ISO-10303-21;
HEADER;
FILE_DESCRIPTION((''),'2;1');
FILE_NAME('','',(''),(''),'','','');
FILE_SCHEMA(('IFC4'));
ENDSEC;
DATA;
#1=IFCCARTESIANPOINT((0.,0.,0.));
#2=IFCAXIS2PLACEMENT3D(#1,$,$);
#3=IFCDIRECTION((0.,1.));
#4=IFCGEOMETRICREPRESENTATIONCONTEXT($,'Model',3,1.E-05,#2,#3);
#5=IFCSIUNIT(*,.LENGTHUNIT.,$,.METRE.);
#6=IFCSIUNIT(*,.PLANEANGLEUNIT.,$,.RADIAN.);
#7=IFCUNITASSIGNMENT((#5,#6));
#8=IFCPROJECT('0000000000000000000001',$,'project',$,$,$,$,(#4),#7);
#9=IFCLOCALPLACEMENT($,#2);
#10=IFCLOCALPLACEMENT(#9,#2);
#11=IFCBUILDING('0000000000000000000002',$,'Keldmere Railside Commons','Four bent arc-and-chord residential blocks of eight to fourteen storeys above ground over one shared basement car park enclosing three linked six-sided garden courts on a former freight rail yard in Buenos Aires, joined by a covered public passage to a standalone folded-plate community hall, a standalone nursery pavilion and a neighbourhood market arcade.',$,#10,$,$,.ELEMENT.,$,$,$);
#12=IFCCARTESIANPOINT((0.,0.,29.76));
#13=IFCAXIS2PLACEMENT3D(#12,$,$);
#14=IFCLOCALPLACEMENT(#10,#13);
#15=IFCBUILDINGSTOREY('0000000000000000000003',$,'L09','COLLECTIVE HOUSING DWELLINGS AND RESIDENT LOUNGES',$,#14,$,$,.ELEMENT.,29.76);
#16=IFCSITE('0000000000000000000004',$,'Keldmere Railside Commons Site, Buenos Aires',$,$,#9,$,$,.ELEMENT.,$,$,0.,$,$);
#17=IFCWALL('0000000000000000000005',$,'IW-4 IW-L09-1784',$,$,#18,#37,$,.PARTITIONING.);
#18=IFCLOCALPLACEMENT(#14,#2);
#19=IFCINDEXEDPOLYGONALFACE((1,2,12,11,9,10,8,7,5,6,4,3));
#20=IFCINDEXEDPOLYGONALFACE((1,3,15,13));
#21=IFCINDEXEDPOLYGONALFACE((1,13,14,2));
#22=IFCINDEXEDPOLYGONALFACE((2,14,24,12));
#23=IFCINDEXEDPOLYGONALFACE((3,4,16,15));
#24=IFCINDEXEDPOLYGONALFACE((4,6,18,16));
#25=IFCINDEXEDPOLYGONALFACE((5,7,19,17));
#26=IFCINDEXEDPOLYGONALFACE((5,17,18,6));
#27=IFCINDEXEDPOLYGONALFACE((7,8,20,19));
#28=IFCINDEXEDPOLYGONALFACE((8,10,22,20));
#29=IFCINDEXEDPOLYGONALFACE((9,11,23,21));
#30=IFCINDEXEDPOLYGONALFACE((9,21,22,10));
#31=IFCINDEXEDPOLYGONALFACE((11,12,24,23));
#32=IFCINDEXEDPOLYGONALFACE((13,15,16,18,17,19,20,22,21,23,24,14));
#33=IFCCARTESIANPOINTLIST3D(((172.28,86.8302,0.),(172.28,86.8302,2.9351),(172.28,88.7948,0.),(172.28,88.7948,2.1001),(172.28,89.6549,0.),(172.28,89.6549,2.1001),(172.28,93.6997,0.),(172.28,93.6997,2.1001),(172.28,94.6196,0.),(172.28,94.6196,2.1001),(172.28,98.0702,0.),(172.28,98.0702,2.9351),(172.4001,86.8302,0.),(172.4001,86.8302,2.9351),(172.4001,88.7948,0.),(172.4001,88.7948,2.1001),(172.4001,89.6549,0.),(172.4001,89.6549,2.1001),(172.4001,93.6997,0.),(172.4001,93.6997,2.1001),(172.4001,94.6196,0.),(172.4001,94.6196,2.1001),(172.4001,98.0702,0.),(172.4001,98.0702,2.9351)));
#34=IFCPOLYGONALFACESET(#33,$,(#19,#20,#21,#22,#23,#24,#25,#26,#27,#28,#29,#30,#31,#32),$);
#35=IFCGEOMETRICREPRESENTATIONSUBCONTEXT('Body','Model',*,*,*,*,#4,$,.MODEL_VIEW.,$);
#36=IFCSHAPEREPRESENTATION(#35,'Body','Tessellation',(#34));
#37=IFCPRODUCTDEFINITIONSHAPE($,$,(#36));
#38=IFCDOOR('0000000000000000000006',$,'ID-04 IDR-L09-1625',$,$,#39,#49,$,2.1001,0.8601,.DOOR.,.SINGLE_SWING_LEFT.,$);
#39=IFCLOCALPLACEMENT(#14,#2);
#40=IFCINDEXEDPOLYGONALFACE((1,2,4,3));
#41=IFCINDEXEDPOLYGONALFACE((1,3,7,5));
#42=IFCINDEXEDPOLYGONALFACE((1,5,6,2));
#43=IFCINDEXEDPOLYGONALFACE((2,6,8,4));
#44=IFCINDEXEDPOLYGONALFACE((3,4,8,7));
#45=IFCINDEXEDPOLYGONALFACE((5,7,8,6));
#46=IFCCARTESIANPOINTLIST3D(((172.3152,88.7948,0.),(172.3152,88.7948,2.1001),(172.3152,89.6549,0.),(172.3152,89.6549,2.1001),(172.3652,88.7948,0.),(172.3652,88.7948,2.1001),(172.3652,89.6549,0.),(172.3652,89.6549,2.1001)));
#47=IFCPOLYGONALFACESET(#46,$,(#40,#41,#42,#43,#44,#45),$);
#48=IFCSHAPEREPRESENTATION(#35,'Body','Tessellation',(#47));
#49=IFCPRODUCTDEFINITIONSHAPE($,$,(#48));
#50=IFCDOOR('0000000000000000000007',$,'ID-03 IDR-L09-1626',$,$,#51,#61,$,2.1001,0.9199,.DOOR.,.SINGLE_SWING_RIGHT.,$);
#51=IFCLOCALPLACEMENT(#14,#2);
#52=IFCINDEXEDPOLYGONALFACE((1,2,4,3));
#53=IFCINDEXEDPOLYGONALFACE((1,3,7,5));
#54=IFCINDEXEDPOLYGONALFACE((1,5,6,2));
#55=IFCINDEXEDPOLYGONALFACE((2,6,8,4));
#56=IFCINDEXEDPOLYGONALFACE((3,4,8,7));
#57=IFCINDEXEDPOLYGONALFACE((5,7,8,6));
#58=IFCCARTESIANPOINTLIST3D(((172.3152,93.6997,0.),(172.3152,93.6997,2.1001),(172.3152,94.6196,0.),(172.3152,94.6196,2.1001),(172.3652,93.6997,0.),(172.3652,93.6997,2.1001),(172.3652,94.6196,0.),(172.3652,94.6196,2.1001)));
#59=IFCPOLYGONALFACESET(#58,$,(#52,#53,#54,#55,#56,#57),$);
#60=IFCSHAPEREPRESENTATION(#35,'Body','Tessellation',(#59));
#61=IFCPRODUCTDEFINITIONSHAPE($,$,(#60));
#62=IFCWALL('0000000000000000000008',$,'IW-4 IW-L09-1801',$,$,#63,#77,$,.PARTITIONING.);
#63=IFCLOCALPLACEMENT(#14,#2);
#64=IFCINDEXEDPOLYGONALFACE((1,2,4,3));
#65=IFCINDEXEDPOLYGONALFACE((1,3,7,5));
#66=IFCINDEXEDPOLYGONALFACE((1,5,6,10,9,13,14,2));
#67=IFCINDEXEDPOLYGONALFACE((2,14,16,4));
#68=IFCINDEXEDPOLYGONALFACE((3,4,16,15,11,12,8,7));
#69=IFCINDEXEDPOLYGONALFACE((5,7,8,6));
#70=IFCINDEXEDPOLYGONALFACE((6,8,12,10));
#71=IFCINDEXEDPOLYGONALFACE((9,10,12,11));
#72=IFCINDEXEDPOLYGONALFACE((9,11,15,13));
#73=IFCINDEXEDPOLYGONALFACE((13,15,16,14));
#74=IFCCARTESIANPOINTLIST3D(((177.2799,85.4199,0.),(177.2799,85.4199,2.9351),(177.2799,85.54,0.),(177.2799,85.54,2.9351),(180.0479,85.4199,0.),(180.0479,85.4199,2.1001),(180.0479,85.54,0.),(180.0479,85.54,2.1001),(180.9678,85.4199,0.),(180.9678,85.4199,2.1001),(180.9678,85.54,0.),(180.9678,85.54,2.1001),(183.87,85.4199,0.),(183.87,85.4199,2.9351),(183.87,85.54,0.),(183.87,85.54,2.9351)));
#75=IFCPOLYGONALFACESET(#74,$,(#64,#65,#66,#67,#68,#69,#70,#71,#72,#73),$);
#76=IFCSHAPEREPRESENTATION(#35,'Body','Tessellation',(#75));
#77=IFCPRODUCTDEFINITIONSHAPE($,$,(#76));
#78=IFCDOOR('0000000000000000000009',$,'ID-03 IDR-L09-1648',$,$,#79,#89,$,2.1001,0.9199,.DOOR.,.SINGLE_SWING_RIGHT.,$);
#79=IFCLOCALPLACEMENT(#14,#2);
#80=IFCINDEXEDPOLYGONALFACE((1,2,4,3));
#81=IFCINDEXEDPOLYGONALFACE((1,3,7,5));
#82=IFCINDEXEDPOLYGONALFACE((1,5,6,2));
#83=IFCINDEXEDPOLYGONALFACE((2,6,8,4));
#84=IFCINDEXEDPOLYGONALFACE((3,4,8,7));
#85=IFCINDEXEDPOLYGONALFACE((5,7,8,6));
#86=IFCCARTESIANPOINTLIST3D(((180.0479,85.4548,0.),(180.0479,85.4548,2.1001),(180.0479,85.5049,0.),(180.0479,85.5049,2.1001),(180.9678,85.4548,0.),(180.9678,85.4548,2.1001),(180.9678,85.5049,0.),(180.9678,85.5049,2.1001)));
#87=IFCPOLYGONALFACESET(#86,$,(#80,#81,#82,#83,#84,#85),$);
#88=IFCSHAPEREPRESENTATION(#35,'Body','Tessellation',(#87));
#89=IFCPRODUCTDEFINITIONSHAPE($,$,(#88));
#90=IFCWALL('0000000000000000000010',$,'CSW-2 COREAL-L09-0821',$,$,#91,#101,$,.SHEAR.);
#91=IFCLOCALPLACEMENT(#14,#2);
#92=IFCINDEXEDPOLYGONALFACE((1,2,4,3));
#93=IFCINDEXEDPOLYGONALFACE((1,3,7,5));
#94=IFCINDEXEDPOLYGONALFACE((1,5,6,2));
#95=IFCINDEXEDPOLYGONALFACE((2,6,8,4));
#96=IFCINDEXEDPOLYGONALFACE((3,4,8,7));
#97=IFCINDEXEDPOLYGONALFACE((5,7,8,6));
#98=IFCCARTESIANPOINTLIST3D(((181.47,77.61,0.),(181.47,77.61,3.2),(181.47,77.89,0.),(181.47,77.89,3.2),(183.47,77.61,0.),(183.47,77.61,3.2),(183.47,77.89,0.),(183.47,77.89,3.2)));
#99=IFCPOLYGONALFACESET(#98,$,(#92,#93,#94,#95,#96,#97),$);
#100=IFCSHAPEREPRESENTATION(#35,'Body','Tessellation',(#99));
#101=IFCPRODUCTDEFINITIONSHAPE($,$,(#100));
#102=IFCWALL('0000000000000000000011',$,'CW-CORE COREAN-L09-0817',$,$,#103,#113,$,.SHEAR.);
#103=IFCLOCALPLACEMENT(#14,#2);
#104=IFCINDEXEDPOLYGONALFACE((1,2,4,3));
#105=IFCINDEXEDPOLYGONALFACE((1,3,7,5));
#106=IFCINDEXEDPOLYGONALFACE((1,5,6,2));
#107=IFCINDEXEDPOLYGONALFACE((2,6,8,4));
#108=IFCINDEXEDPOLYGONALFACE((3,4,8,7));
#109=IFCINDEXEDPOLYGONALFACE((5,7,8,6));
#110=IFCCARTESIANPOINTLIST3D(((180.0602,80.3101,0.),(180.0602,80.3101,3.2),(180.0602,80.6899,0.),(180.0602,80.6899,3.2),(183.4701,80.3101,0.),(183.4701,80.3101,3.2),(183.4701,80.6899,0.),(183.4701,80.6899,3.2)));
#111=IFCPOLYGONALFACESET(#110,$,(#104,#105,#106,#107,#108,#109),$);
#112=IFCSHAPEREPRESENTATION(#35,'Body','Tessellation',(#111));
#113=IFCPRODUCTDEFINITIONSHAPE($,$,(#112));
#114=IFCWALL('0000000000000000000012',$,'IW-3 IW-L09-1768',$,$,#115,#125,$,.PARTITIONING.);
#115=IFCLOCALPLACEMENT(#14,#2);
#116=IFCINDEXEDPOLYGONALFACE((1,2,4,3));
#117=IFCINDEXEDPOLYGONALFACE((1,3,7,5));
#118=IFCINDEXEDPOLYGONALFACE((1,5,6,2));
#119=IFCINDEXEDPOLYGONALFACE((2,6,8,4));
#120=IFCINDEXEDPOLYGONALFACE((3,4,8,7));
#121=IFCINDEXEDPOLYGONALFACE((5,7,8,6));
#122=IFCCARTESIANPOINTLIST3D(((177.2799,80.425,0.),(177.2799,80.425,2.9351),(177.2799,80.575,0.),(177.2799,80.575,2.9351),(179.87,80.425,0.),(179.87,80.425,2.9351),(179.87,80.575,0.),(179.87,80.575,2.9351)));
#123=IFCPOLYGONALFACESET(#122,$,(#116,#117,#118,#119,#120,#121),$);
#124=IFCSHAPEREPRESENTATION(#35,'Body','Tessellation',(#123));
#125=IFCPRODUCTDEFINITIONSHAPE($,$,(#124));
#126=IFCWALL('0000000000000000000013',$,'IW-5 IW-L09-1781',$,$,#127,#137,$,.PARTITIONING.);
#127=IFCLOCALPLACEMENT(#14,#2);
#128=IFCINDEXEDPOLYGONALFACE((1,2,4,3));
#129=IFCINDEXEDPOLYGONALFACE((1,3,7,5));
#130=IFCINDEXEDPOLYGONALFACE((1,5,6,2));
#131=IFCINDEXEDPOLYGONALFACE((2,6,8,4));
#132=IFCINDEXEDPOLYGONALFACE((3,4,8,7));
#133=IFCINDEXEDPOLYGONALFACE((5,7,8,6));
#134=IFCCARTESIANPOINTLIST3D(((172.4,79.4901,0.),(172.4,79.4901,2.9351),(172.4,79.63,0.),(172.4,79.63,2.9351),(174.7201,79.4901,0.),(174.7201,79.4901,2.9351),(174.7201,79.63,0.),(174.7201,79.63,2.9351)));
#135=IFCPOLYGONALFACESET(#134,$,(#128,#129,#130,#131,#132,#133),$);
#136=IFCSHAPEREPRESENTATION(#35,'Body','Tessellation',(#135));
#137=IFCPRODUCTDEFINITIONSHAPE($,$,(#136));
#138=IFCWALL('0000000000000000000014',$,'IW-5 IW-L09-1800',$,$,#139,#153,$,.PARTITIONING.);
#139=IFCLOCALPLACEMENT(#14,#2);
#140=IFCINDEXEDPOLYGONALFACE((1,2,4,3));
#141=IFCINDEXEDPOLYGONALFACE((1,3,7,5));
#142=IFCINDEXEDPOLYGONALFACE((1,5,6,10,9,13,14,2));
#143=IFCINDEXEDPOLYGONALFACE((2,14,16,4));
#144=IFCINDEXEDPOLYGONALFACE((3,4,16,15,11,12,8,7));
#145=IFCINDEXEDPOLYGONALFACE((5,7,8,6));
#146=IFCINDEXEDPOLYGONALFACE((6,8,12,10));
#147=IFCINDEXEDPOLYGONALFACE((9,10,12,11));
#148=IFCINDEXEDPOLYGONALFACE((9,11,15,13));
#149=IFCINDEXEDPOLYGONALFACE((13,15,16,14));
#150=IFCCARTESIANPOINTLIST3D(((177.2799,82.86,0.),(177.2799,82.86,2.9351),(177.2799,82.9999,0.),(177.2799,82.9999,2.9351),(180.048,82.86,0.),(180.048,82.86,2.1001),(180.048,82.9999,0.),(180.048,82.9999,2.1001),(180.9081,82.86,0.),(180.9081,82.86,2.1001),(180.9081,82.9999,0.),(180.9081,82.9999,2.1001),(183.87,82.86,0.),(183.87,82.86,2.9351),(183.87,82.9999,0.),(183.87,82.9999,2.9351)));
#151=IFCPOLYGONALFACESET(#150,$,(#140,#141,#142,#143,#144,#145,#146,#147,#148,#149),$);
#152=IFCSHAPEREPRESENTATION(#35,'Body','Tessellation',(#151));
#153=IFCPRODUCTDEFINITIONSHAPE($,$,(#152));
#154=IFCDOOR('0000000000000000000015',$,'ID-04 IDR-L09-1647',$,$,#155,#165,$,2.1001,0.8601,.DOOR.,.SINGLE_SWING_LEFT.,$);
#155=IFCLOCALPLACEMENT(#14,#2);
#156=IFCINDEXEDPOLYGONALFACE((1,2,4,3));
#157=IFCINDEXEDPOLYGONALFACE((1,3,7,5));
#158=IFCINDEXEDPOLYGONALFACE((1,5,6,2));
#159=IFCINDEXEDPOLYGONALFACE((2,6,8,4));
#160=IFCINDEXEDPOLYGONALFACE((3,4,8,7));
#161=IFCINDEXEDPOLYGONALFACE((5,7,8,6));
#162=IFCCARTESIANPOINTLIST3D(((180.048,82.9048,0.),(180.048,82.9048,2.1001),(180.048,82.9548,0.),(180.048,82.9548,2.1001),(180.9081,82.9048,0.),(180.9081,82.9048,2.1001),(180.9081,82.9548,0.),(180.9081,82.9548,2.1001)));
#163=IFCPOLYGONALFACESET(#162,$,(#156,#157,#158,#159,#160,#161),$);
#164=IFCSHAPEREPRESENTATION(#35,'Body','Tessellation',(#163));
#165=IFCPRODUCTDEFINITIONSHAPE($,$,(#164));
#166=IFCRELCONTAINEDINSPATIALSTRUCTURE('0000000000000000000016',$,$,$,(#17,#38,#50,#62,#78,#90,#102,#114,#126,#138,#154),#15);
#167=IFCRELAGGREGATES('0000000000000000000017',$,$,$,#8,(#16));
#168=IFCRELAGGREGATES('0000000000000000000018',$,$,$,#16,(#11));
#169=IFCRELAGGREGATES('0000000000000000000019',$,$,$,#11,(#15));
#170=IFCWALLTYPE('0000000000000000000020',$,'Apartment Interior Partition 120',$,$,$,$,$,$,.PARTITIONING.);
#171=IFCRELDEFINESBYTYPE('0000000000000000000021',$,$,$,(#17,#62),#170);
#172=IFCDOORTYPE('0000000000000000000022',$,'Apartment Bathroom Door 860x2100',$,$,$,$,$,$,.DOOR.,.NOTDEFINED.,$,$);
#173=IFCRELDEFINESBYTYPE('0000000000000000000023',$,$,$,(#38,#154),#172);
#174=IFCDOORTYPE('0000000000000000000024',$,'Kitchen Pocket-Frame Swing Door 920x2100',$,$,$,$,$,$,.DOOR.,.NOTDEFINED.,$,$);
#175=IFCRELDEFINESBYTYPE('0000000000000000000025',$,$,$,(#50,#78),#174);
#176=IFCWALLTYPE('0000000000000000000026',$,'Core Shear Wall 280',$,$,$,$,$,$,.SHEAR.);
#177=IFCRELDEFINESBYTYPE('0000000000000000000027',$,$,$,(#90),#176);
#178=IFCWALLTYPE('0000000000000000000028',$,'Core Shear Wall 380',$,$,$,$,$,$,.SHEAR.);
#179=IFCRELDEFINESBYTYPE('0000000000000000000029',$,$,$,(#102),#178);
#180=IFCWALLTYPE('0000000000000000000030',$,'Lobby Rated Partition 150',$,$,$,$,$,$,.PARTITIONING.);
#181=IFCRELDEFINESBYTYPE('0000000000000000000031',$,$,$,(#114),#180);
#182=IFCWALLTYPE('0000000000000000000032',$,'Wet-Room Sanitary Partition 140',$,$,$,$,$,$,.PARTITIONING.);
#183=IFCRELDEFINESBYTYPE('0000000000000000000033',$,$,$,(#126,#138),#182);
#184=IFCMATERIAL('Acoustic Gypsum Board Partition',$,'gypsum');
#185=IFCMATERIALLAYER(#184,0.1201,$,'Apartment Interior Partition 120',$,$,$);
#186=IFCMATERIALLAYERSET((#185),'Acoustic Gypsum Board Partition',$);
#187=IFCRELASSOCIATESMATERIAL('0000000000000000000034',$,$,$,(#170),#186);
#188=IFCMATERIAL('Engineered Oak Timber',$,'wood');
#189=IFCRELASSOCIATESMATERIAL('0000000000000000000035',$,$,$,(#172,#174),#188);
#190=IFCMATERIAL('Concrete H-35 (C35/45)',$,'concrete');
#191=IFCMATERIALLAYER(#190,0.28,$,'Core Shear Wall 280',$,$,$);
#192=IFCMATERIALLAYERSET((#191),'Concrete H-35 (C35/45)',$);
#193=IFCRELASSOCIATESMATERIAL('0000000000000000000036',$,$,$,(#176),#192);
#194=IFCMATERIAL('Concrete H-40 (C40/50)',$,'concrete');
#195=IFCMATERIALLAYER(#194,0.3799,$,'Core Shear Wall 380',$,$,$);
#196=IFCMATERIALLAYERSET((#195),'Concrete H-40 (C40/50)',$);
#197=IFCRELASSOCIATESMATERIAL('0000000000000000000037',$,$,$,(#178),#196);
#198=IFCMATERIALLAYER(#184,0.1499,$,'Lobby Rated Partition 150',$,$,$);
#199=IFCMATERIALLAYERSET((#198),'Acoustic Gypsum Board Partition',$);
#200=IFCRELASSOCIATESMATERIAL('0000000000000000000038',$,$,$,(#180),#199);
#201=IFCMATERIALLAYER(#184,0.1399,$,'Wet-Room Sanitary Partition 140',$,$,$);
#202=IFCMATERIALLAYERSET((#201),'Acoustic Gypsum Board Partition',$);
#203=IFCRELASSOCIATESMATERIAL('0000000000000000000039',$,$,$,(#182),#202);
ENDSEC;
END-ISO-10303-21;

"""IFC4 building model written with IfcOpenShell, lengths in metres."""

from ifc_helpers import new_model, si_unit, direction, frame, frame_2d, origin, place, context, subcontext, project, spatial, rectangle, extrude, material, layer, layer_set, type_object, element, fill, save


model = new_model("IFC4")

# Units and contexts
model_context = context("Model", 3, precision=1e-05, world=origin(), true_north=direction((0.0, 1.0)))
body_context = subcontext(model_context, "Body", "Model", "MODEL_VIEW")
ifc_project = project(units=[si_unit("LENGTHUNIT", "METRE"), si_unit("PLANEANGLEUNIT", "RADIAN")], contexts=[model_context])

# Site, building, storey
site_placement = place(None, origin())
site = spatial("IfcSite", under=ifc_project, at=site_placement, Name="Keldmere Railside Commons Site, Buenos Aires", CompositionType="ELEMENT", RefElevation=0.0)
building_placement = place(site_placement, origin())
building = spatial("IfcBuilding", under=site, at=building_placement, Name="Keldmere Railside Commons", Description="Four bent arc-and-chord residential blocks of eight to fourteen storeys above ground over one shared basement car park enclosing three linked six-sided garden courts on a former freight rail yard in Buenos Aires, joined by a covered public passage to a standalone folded-plate community hall, a standalone nursery pavilion and a neighbourhood market arcade.", CompositionType="ELEMENT")
storey_placement = place(building_placement, frame((0.0, 0.0, 29.76)))
storey = spatial("IfcBuildingStorey", under=building, at=storey_placement, Name="L09", Description="COLLECTIVE HOUSING DWELLINGS AND RESIDENT LOUNGES", CompositionType="ELEMENT", Elevation=29.76)

# Shared definitions
ifc_material_1 = material(Name="Concrete H-35 (C35/45)", Category="concrete")

# Wall, openings, doors
ifc_material_2 = material(Name="Acoustic Gypsum Board Partition", Category="gypsum")
ifc_layer_1 = layer(ifc_material_2, 0.1201, Name="Apartment Interior Partition 120")
ifc_layer_set_1 = layer_set([ifc_layer_1], Name="Acoustic Gypsum Board Partition")
wall_type_1 = type_object("IfcWallType", Name="Apartment Interior Partition 120", PredefinedType="PARTITIONING", material=ifc_layer_set_1)
wall_1_placement = place(storey_placement, frame((172.3401, 86.8301, 0.0), z_axis=(0.0, 0.0, 1.0), x_axis=(0.0, 1.0, 0.0)))
wall_1 = element("IfcWall", 1, at=wall_1_placement, inside=storey, type_object=wall_type_1, Name="IW-4 IW-L09-1784", PredefinedType="PARTITIONING", context=body_context, shape_type="SweptSolid", body=[
    extrude(rectangle(XDim=11.24, YDim=0.1201, at=frame_2d((5.6201, 0.0))), origin(), (0.0, 0.0, 1.0), 2.9351),
])
opening_1_placement = place(wall_1_placement, frame((1.9646, 0.0, 0.0)))
opening_1 = element("IfcOpeningElement", 2, at=opening_1_placement, cuts=wall_1, PredefinedType="OPENING", context=body_context, shape_type="SweptSolid", body=[
    extrude(rectangle(XDim=0.8601, YDim=2.1001, at=frame_2d((0.4302, 1.05))), frame((0.0, 0.0701, 0.0), z_axis=(0.0, -1.0, 0.0), x_axis=(1.0, 0.0, 0.0)), (0.0, 0.0, 1.0), 0.1401),
])
opening_2_placement = place(wall_1_placement, frame((6.8696, 0.0, 0.0)))
opening_2 = element("IfcOpeningElement", 3, at=opening_2_placement, cuts=wall_1, PredefinedType="OPENING", context=body_context, shape_type="SweptSolid", body=[
    extrude(rectangle(XDim=0.9199, YDim=2.1001, at=frame_2d((0.46, 1.05))), frame((0.0, 0.0701, 0.0), z_axis=(0.0, -1.0, 0.0), x_axis=(1.0, 0.0, 0.0)), (0.0, 0.0, 1.0), 0.1401),
])
ifc_material_3 = material(Name="Engineered Oak Timber", Category="wood")
door_type_1 = type_object("IfcDoorType", Name="Apartment Bathroom Door 860x2100", OperationType="NOTDEFINED", PredefinedType="DOOR", material=ifc_material_3)
door_1_placement = place(opening_1_placement, origin())
door_1 = element("IfcDoor", 4, at=door_1_placement, inside=storey, type_object=door_type_1, Name="ID-04 IDR-L09-1625", OperationType="SINGLE_SWING_LEFT", OverallHeight=2.1001, OverallWidth=0.8601, PredefinedType="DOOR", context=body_context, shape_type="SweptSolid", body=[
    extrude(rectangle(XDim=0.8601, YDim=2.1001, at=frame_2d((0.4302, 1.05))), frame((0.0, 0.0249, 0.0), z_axis=(0.0, -1.0, 0.0), x_axis=(1.0, 0.0, 0.0)), (0.0, 0.0, 1.0), 0.05),
])
fill(opening_1, door_1)
door_type_2 = type_object("IfcDoorType", Name="Kitchen Pocket-Frame Swing Door 920x2100", OperationType="NOTDEFINED", PredefinedType="DOOR", material=ifc_material_3)
door_2_placement = place(opening_2_placement, origin())
door_2 = element("IfcDoor", 5, at=door_2_placement, inside=storey, type_object=door_type_2, Name="ID-03 IDR-L09-1626", OperationType="SINGLE_SWING_RIGHT", OverallHeight=2.1001, OverallWidth=0.9199, PredefinedType="DOOR", context=body_context, shape_type="SweptSolid", body=[
    extrude(rectangle(XDim=0.9199, YDim=2.1001, at=frame_2d((0.46, 1.05))), frame((0.0, 0.0249, 0.0), z_axis=(0.0, -1.0, 0.0), x_axis=(1.0, 0.0, 0.0)), (0.0, 0.0, 1.0), 0.05),
])
fill(opening_2, door_2)

# Wall, opening, door
wall_2_placement = place(storey_placement, frame((177.28, 85.48, 0.0), z_axis=(0.0, 0.0, 1.0), x_axis=(1.0, 0.0, 0.0)))
wall_2 = element("IfcWall", 6, at=wall_2_placement, inside=storey, type_object=wall_type_1, Name="IW-4 IW-L09-1801", PredefinedType="PARTITIONING", context=body_context, shape_type="SweptSolid", body=[
    extrude(rectangle(XDim=6.5901, YDim=0.1201, at=frame_2d((3.2949, 0.0))), origin(), (0.0, 0.0, 1.0), 2.9351),
])
opening_3_placement = place(wall_2_placement, frame((2.7678, 0.0, 0.0)))
opening_3 = element("IfcOpeningElement", 7, at=opening_3_placement, cuts=wall_2, PredefinedType="OPENING", context=body_context, shape_type="SweptSolid", body=[
    extrude(rectangle(XDim=0.9199, YDim=2.1001, at=frame_2d((0.46, 1.05))), frame((0.0, 0.0701, 0.0), z_axis=(0.0, -1.0, 0.0), x_axis=(1.0, 0.0, 0.0)), (0.0, 0.0, 1.0), 0.1401),
])
door_3_placement = place(opening_3_placement, origin())
door_3 = element("IfcDoor", 8, at=door_3_placement, inside=storey, type_object=door_type_2, Name="ID-03 IDR-L09-1648", OperationType="SINGLE_SWING_RIGHT", OverallHeight=2.1001, OverallWidth=0.9199, PredefinedType="DOOR", context=body_context, shape_type="SweptSolid", body=[
    extrude(rectangle(XDim=0.9199, YDim=2.1001, at=frame_2d((0.46, 1.05))), frame((0.0, 0.0249, 0.0), z_axis=(0.0, -1.0, 0.0), x_axis=(1.0, 0.0, 0.0)), (0.0, 0.0, 1.0), 0.05),
])
fill(opening_3, door_3)

# Walls
ifc_layer_2 = layer(ifc_material_1, 0.28, Name="Core Shear Wall 280")
ifc_layer_set_2 = layer_set([ifc_layer_2], Name="Concrete H-35 (C35/45)")
wall_type_2 = type_object("IfcWallType", Name="Core Shear Wall 280", PredefinedType="SHEAR", material=ifc_layer_set_2)
wall_3_placement = place(storey_placement, frame((181.47, 77.75, 0.0), z_axis=(0.0, 0.0, 1.0), x_axis=(1.0, 0.0, 0.0)))
element("IfcWall", 9, at=wall_3_placement, inside=storey, type_object=wall_type_2, Name="CSW-2 COREAL-L09-0821", PredefinedType="SHEAR", context=body_context, shape_type="SweptSolid", body=[
    extrude(rectangle(XDim=2.0, YDim=0.28, at=frame_2d((1.0, 0.0))), origin(), (0.0, 0.0, 1.0), 3.2),
])
ifc_material_4 = material(Name="Concrete H-40 (C40/50)", Category="concrete")
ifc_layer_3 = layer(ifc_material_4, 0.3799, Name="Core Shear Wall 380")
ifc_layer_set_3 = layer_set([ifc_layer_3], Name="Concrete H-40 (C40/50)")
wall_type_3 = type_object("IfcWallType", Name="Core Shear Wall 380", PredefinedType="SHEAR", material=ifc_layer_set_3)
wall_4_placement = place(storey_placement, frame((180.0601, 80.5, 0.0), z_axis=(0.0, 0.0, 1.0), x_axis=(1.0, 0.0, 0.0)))
element("IfcWall", 10, at=wall_4_placement, inside=storey, type_object=wall_type_3, Name="CW-CORE COREAN-L09-0817", PredefinedType="SHEAR", context=body_context, shape_type="SweptSolid", body=[
    extrude(rectangle(XDim=3.4099, YDim=0.3799, at=frame_2d((1.7051, 0.0))), origin(), (0.0, 0.0, 1.0), 3.2),
])
ifc_layer_4 = layer(ifc_material_2, 0.1499, Name="Lobby Rated Partition 150")
ifc_layer_set_4 = layer_set([ifc_layer_4], Name="Acoustic Gypsum Board Partition")
wall_type_4 = type_object("IfcWallType", Name="Lobby Rated Partition 150", PredefinedType="PARTITIONING", material=ifc_layer_set_4)
wall_5_placement = place(storey_placement, frame((177.28, 80.5, 0.0), z_axis=(0.0, 0.0, 1.0), x_axis=(1.0, 0.0, 0.0)))
element("IfcWall", 11, at=wall_5_placement, inside=storey, type_object=wall_type_4, Name="IW-3 IW-L09-1768", PredefinedType="PARTITIONING", context=body_context, shape_type="SweptSolid", body=[
    extrude(rectangle(XDim=2.5901, YDim=0.1499, at=frame_2d((1.2949, 0.0))), origin(), (0.0, 0.0, 1.0), 2.9351),
])
ifc_layer_5 = layer(ifc_material_2, 0.1399, Name="Wet-Room Sanitary Partition 140")
ifc_layer_set_5 = layer_set([ifc_layer_5], Name="Acoustic Gypsum Board Partition")
wall_type_5 = type_object("IfcWallType", Name="Wet-Room Sanitary Partition 140", PredefinedType="PARTITIONING", material=ifc_layer_set_5)
wall_6_placement = place(storey_placement, frame((172.3999, 79.5601, 0.0), z_axis=(0.0, 0.0, 1.0), x_axis=(1.0, 0.0, 0.0)))
element("IfcWall", 12, at=wall_6_placement, inside=storey, type_object=wall_type_5, Name="IW-5 IW-L09-1781", PredefinedType="PARTITIONING", context=body_context, shape_type="SweptSolid", body=[
    extrude(rectangle(XDim=2.3201, YDim=0.1399, at=frame_2d((1.1602, 0.0))), origin(), (0.0, 0.0, 1.0), 2.9351),
])

# Wall, opening, door
wall_7_placement = place(storey_placement, frame((177.28, 82.9299, 0.0), z_axis=(0.0, 0.0, 1.0), x_axis=(1.0, 0.0, 0.0)))
wall_7 = element("IfcWall", 13, at=wall_7_placement, inside=storey, type_object=wall_type_5, Name="IW-5 IW-L09-1800", PredefinedType="PARTITIONING", context=body_context, shape_type="SweptSolid", body=[
    extrude(rectangle(XDim=6.5901, YDim=0.1399, at=frame_2d((3.2949, 0.0))), origin(), (0.0, 0.0, 1.0), 2.9351),
])
opening_4_placement = place(wall_7_placement, frame((2.7678, 0.0, 0.0)))
opening_4 = element("IfcOpeningElement", 14, at=opening_4_placement, cuts=wall_7, PredefinedType="OPENING", context=body_context, shape_type="SweptSolid", body=[
    extrude(rectangle(XDim=0.8601, YDim=2.1001, at=frame_2d((0.4302, 1.05))), frame((0.0, 0.0798, 0.0), z_axis=(0.0, -1.0, 0.0), x_axis=(1.0, 0.0, 0.0)), (0.0, 0.0, 1.0), 0.1599),
])
door_4_placement = place(opening_4_placement, origin())
door_4 = element("IfcDoor", 15, at=door_4_placement, inside=storey, type_object=door_type_1, Name="ID-04 IDR-L09-1647", OperationType="SINGLE_SWING_LEFT", OverallHeight=2.1001, OverallWidth=0.8601, PredefinedType="DOOR", context=body_context, shape_type="SweptSolid", body=[
    extrude(rectangle(XDim=0.8601, YDim=2.1001, at=frame_2d((0.4302, 1.05))), frame((0.0, 0.0249, 0.0), z_axis=(0.0, -1.0, 0.0), x_axis=(1.0, 0.0, 0.0)), (0.0, 0.0, 1.0), 0.05),
])
fill(opening_4, door_4)

save(model, "model.ifc")
